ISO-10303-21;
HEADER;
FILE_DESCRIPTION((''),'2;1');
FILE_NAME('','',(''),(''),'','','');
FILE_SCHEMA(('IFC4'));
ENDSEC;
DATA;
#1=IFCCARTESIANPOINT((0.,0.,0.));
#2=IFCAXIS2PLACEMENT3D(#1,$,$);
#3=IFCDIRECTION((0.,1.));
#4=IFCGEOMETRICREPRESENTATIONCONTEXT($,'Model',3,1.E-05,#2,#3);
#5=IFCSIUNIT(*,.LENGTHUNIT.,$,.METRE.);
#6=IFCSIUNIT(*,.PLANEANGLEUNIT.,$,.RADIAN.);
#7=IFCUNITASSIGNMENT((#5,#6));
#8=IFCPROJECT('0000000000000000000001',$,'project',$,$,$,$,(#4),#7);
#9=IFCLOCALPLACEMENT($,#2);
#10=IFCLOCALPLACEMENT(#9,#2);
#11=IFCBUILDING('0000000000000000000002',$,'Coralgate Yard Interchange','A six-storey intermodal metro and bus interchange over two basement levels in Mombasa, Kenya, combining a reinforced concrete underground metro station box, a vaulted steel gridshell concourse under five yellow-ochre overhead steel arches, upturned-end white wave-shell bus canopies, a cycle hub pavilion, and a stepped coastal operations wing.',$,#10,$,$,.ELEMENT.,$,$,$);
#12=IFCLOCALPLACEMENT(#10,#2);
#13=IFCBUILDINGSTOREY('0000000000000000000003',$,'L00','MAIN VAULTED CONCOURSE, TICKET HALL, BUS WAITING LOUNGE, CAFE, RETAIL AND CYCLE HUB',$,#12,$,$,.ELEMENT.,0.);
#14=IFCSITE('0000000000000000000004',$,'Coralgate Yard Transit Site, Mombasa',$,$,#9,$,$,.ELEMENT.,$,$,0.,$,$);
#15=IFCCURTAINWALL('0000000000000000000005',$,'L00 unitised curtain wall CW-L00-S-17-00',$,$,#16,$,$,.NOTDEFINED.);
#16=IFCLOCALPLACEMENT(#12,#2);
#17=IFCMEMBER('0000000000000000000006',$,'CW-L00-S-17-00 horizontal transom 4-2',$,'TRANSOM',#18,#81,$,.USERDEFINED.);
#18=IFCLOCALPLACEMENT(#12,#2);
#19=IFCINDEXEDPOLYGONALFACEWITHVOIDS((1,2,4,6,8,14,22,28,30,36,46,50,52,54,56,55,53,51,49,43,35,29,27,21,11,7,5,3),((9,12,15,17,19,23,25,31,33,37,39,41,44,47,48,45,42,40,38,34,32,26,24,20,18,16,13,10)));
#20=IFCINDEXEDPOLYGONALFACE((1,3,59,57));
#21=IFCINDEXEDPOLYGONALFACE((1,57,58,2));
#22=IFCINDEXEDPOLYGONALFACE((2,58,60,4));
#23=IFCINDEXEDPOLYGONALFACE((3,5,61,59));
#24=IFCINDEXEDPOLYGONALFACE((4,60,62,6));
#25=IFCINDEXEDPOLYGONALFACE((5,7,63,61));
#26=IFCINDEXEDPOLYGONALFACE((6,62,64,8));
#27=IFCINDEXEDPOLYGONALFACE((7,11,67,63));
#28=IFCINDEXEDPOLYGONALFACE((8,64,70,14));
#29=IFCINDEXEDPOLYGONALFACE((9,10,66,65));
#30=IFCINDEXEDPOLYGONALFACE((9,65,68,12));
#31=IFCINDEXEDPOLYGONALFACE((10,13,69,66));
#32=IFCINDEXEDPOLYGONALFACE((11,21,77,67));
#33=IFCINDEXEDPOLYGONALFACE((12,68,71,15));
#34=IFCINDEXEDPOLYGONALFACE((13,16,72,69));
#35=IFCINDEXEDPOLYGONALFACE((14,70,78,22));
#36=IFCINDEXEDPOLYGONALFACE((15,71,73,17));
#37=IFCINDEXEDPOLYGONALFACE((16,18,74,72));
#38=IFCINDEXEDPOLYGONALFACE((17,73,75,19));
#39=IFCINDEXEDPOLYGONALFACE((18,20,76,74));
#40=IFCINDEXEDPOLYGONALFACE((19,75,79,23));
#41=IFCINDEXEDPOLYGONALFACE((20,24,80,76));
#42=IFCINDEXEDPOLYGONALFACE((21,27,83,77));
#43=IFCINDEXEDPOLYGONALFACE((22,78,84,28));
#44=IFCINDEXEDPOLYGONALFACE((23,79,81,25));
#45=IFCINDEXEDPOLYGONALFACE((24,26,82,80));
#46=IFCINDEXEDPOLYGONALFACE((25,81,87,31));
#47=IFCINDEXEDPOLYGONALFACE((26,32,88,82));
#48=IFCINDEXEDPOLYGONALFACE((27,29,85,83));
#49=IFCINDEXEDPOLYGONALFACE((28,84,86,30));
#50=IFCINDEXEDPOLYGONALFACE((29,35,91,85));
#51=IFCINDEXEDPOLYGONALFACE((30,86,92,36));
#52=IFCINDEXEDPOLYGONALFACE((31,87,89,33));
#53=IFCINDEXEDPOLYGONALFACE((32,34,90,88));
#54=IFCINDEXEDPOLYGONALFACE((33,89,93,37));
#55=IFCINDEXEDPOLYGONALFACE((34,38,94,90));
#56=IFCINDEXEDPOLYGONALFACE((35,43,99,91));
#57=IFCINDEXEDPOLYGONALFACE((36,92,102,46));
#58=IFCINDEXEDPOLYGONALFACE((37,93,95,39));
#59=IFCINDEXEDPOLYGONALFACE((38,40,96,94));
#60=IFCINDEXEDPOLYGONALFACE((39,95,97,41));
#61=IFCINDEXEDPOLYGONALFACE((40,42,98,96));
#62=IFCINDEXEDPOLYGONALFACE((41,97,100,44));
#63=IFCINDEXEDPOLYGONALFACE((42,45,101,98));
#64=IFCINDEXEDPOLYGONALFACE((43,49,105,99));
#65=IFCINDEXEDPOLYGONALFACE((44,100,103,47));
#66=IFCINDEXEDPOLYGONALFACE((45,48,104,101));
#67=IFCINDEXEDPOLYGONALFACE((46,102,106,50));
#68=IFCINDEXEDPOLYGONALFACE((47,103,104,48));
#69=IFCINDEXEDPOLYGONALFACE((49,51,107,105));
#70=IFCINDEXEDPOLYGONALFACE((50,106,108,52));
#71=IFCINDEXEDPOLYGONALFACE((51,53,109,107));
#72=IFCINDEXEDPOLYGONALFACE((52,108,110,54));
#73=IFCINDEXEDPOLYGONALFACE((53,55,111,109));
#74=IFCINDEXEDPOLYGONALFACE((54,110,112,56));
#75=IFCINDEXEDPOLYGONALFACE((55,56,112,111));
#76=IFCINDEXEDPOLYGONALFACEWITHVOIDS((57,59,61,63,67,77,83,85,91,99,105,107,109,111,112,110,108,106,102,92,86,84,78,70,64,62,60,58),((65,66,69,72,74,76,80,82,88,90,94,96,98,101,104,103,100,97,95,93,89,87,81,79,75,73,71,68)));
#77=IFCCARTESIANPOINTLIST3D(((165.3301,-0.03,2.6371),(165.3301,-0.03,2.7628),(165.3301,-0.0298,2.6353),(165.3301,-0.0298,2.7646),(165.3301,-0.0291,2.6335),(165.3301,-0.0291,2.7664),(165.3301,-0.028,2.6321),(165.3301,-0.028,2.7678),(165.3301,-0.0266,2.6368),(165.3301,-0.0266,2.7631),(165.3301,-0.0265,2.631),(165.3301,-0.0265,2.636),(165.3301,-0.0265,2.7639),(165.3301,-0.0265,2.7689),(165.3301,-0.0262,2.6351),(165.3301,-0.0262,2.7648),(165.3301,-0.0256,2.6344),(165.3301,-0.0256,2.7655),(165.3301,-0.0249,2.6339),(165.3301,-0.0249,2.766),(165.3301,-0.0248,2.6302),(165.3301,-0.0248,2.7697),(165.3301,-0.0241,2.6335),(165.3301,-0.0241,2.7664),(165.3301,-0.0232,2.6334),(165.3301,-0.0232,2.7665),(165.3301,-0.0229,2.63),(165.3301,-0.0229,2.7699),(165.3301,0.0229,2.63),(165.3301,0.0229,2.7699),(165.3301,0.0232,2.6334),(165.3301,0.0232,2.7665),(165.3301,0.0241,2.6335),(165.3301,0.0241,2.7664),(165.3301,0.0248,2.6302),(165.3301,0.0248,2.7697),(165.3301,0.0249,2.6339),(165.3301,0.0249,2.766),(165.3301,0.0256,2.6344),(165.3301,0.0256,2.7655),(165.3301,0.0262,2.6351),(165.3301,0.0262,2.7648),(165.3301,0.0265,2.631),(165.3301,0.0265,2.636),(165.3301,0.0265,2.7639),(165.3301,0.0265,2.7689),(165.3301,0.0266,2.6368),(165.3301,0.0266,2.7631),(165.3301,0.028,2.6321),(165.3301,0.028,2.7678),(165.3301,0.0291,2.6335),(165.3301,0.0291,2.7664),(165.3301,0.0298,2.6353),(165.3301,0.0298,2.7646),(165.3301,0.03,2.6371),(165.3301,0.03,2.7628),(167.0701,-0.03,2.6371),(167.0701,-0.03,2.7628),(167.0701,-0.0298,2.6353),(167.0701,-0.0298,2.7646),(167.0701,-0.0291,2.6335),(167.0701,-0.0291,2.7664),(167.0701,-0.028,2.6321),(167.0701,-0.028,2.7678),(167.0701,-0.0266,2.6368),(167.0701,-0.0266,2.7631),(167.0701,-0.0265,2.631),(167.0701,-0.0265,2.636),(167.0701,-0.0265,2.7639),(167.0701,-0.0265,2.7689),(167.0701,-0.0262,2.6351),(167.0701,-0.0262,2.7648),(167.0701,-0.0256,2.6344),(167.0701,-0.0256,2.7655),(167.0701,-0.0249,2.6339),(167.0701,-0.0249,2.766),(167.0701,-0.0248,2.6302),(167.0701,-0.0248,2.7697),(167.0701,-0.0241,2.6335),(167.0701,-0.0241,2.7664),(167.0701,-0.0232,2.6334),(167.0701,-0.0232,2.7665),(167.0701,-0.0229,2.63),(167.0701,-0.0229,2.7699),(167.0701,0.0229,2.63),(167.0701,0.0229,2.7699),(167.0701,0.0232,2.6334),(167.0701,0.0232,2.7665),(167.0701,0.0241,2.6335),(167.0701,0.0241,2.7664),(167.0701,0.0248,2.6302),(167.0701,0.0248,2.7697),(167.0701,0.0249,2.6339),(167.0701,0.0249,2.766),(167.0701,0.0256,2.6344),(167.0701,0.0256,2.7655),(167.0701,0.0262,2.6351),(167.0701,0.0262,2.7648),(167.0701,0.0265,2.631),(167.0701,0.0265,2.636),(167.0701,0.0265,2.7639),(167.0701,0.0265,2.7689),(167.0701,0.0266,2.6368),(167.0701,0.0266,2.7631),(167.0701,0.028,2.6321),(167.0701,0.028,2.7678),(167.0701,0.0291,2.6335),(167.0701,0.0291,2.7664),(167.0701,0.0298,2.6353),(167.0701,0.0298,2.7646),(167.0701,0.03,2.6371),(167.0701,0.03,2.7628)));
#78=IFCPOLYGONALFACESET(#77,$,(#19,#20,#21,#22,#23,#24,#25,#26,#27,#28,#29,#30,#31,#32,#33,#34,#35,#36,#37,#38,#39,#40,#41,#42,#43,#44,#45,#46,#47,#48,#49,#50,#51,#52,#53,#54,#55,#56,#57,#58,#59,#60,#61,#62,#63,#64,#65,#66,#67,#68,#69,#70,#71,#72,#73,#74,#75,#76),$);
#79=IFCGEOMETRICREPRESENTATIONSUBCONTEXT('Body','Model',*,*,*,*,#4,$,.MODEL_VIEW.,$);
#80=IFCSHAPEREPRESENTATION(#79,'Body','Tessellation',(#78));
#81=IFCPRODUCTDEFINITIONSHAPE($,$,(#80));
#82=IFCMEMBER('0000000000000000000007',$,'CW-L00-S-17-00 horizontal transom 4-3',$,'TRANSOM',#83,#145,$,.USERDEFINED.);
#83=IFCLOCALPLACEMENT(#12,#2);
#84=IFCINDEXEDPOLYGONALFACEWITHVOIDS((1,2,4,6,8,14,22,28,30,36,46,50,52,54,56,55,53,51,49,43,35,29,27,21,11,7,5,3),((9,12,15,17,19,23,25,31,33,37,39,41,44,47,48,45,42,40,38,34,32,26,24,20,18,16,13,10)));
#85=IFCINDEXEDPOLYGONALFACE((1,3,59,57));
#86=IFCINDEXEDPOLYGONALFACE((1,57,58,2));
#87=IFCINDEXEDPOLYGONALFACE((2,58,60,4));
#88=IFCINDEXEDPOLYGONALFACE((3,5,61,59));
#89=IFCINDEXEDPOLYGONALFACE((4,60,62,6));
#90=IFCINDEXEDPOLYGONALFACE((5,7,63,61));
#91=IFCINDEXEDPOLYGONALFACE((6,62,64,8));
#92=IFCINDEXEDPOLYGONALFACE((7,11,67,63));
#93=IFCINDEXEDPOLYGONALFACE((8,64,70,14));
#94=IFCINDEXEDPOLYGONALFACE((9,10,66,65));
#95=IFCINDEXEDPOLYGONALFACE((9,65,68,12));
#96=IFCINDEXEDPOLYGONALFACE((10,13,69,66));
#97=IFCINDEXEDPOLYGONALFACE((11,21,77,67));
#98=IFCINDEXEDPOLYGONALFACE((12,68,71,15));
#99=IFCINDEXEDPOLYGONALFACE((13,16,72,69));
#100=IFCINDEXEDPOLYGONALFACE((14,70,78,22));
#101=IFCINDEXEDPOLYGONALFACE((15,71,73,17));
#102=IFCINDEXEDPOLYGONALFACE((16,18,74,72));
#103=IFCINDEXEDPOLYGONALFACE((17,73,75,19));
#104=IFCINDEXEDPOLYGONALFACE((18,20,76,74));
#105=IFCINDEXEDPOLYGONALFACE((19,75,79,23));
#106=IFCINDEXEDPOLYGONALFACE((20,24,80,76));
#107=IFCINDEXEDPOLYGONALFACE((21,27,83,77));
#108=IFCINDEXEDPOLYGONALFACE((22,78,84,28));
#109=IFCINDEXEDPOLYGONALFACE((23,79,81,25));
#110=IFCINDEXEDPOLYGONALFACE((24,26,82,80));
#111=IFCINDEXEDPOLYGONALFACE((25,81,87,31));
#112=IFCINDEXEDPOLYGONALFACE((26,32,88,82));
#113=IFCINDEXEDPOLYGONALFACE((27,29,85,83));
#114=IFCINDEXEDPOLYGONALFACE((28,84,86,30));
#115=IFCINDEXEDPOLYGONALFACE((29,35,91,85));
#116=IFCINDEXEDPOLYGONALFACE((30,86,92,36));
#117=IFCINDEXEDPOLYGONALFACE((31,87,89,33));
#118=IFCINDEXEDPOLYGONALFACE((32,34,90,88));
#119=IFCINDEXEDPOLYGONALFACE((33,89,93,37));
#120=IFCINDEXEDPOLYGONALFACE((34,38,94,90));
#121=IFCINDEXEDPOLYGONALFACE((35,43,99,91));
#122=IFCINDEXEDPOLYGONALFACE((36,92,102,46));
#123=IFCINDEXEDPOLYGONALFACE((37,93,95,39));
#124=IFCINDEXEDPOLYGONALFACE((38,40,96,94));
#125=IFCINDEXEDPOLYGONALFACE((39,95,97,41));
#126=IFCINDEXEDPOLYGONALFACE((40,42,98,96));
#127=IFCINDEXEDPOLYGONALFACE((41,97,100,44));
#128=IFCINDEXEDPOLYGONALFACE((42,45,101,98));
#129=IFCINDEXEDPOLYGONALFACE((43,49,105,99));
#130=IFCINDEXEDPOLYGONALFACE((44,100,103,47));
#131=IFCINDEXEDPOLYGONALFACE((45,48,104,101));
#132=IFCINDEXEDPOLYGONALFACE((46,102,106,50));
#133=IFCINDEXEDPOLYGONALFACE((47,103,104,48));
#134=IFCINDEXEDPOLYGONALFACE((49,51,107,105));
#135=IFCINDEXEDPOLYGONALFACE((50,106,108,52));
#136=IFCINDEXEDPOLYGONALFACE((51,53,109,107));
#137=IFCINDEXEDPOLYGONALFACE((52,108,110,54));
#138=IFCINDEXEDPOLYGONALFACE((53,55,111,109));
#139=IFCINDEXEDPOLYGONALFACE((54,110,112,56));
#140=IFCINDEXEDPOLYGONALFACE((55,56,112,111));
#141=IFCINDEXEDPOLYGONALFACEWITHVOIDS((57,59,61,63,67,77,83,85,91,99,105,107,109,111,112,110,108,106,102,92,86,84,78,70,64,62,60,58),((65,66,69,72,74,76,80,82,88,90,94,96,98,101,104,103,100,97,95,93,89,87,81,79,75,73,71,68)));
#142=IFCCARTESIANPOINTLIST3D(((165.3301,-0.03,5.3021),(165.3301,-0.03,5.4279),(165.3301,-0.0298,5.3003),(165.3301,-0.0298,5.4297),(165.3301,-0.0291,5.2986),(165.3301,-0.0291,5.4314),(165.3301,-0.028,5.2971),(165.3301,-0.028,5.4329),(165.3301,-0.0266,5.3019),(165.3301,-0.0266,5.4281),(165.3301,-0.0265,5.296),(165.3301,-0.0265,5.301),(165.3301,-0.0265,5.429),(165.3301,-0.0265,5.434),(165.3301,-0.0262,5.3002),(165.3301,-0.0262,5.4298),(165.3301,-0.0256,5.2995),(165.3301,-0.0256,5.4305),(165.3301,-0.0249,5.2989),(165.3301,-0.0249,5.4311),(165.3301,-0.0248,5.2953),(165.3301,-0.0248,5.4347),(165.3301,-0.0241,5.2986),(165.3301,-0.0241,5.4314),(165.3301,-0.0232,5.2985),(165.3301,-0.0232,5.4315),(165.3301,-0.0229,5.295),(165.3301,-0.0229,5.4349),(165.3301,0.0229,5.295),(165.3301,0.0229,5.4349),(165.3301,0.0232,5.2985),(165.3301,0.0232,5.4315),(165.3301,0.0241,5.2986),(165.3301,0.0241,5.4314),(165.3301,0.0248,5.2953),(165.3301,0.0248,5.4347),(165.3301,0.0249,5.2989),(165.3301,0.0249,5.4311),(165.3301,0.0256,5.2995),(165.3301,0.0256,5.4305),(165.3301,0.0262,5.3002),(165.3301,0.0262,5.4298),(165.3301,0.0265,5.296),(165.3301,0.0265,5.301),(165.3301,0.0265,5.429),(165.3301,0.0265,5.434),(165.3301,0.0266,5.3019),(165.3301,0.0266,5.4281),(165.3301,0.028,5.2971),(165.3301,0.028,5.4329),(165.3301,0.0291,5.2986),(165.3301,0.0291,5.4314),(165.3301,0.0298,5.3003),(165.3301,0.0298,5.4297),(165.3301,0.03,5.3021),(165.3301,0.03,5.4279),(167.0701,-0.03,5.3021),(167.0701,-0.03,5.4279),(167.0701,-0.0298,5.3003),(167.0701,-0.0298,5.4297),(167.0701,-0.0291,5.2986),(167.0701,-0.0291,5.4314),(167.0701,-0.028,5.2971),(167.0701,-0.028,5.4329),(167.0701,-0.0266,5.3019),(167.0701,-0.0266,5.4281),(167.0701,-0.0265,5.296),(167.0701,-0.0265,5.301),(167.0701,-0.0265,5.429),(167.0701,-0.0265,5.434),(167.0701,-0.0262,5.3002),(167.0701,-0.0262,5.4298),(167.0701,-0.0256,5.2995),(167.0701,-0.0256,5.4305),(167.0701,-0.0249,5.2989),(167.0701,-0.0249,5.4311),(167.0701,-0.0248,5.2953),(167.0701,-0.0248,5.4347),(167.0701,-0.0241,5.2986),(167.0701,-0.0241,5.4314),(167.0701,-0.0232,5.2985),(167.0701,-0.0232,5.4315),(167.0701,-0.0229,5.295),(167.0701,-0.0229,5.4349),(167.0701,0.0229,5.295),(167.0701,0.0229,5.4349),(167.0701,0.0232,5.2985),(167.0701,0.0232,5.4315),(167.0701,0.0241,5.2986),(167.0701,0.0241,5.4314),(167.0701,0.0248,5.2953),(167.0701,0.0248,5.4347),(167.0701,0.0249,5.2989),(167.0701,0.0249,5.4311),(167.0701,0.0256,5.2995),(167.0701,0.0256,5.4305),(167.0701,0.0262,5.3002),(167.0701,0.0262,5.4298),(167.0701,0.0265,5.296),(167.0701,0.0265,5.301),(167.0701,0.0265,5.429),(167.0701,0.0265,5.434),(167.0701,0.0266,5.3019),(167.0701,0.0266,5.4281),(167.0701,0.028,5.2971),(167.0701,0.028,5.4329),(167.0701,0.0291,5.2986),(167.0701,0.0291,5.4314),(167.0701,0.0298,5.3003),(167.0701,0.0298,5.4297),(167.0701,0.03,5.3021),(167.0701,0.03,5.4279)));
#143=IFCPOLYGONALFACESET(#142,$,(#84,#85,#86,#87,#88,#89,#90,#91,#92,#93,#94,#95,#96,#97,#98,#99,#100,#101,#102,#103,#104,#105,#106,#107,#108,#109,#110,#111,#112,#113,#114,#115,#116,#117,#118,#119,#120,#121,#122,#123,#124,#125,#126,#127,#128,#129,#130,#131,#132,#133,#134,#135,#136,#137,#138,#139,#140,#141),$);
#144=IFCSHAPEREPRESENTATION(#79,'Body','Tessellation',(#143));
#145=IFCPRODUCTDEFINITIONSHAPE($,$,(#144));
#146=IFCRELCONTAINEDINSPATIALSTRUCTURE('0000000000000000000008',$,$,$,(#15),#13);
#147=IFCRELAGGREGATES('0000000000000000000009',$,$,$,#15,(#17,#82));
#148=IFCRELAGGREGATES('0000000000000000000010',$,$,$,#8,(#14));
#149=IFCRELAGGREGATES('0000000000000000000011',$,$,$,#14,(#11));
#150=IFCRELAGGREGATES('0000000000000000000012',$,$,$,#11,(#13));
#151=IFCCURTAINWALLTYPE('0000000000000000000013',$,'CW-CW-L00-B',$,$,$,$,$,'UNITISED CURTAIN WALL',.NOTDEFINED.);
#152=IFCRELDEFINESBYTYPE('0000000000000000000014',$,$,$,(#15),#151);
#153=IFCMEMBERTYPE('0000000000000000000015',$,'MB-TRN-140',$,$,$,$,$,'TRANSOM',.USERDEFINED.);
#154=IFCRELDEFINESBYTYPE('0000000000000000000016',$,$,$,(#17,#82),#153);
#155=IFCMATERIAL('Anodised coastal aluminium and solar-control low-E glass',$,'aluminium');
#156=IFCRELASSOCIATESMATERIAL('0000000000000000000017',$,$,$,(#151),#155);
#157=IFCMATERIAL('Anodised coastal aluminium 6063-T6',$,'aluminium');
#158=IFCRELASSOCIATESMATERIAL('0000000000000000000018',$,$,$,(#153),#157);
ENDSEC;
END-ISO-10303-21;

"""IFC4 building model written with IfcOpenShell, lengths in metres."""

from ifc_helpers import new_model, si_unit, direction, frame, origin, origin_2d, place, context, subcontext, project, spatial, hollow_rectangle, extrude, material, material_profile, profile_set, type_object, element, aggregate, save


model = new_model("IFC4")

# Units and contexts
model_context = context("Model", 3, precision=1e-05, world=origin(), true_north=direction((0.0, 1.0)))
body_context = subcontext(model_context, "Body", "Model", "MODEL_VIEW")
ifc_project = project(units=[si_unit("LENGTHUNIT", "METRE"), si_unit("PLANEANGLEUNIT", "RADIAN")], contexts=[model_context])

# Site, building, storey
site_placement = place(None, origin())
site = spatial("IfcSite", under=ifc_project, at=site_placement, Name="Coralgate Yard Transit Site, Mombasa", CompositionType="ELEMENT", RefElevation=0.0)
building_placement = place(site_placement, origin())
building = spatial("IfcBuilding", under=site, at=building_placement, Name="Coralgate Yard Interchange", Description="A six-storey intermodal metro and bus interchange over two basement levels in Mombasa, Kenya, combining a reinforced concrete underground metro station box, a vaulted steel gridshell concourse under five yellow-ochre overhead steel arches, upturned-end white wave-shell bus canopies, a cycle hub pavilion, and a stepped coastal operations wing.", CompositionType="ELEMENT")
storey_placement = place(building_placement, origin())
storey = spatial("IfcBuildingStorey", under=building, at=storey_placement, Name="L00", Description="MAIN VAULTED CONCOURSE, TICKET HALL, BUS WAITING LOUNGE, CAFE, RETAIL AND CYCLE HUB", CompositionType="ELEMENT", Elevation=0.0)

# Curtain wall, members
ifc_material_1 = material(Name="Anodised coastal aluminium and solar-control low-E glass", Category="aluminium")
curtain_wall_type = type_object("IfcCurtainWallType", Name="CW-CW-L00-B", ElementType="UNITISED CURTAIN WALL", PredefinedType="NOTDEFINED", material=ifc_material_1)
curtain_wall_placement = place(storey_placement, origin())
curtain_wall = element("IfcCurtainWall", 1, at=curtain_wall_placement, inside=storey, type_object=curtain_wall_type, Name="L00 unitised curtain wall CW-L00-S-17-00", PredefinedType="NOTDEFINED")
ifc_material_2 = material(Name="Anodised coastal aluminium 6063-T6", Category="aluminium")
ifc_material_profile_1 = material_profile(ifc_material_2, hollow_rectangle(XDim=0.0601, YDim=0.1399, WallThickness=0.0034, InnerFilletRadius=0.0034, OuterFilletRadius=0.0071, at=origin_2d()), Name="ALU 60x140x3.5")
ifc_profile_set_1 = profile_set([ifc_material_profile_1], Name="Anodised coastal aluminium 6063-T6")
member_type_1 = type_object("IfcMemberType", Name="MB-TRN-140", ElementType="TRANSOM", PredefinedType="USERDEFINED", material=ifc_profile_set_1)
member_1_placement = place(storey_placement, frame((167.0701, 0.0, 2.7), z_axis=(-1.0, 0.0, 0.0), x_axis=(0.0, -1.0, 0.0)))
member_1 = element("IfcMember", 2, at=member_1_placement, type_object=member_type_1, Name="CW-L00-S-17-00 horizontal transom 4-2", ObjectType="TRANSOM", PredefinedType="USERDEFINED", context=body_context, shape_type="SweptSolid", body=[
    extrude(hollow_rectangle(XDim=0.0601, YDim=0.1399, WallThickness=0.0034, InnerFilletRadius=0.0034, OuterFilletRadius=0.0071, at=origin_2d()), origin(), (0.0, 0.0, 1.0), 1.74),
])
member_2_placement = place(storey_placement, frame((167.0701, 0.0, 5.365), z_axis=(-1.0, 0.0, 0.0), x_axis=(0.0, -1.0, 0.0)))
member_2 = element("IfcMember", 3, at=member_2_placement, type_object=member_type_1, Name="CW-L00-S-17-00 horizontal transom 4-3", ObjectType="TRANSOM", PredefinedType="USERDEFINED", context=body_context, shape_type="SweptSolid", body=[
    extrude(hollow_rectangle(XDim=0.0601, YDim=0.1399, WallThickness=0.0034, InnerFilletRadius=0.0034, OuterFilletRadius=0.0071, at=origin_2d()), origin(), (0.0, 0.0, 1.0), 1.74),
])
aggregate(curtain_wall, [member_1, member_2])

save(model, "model.ifc")
